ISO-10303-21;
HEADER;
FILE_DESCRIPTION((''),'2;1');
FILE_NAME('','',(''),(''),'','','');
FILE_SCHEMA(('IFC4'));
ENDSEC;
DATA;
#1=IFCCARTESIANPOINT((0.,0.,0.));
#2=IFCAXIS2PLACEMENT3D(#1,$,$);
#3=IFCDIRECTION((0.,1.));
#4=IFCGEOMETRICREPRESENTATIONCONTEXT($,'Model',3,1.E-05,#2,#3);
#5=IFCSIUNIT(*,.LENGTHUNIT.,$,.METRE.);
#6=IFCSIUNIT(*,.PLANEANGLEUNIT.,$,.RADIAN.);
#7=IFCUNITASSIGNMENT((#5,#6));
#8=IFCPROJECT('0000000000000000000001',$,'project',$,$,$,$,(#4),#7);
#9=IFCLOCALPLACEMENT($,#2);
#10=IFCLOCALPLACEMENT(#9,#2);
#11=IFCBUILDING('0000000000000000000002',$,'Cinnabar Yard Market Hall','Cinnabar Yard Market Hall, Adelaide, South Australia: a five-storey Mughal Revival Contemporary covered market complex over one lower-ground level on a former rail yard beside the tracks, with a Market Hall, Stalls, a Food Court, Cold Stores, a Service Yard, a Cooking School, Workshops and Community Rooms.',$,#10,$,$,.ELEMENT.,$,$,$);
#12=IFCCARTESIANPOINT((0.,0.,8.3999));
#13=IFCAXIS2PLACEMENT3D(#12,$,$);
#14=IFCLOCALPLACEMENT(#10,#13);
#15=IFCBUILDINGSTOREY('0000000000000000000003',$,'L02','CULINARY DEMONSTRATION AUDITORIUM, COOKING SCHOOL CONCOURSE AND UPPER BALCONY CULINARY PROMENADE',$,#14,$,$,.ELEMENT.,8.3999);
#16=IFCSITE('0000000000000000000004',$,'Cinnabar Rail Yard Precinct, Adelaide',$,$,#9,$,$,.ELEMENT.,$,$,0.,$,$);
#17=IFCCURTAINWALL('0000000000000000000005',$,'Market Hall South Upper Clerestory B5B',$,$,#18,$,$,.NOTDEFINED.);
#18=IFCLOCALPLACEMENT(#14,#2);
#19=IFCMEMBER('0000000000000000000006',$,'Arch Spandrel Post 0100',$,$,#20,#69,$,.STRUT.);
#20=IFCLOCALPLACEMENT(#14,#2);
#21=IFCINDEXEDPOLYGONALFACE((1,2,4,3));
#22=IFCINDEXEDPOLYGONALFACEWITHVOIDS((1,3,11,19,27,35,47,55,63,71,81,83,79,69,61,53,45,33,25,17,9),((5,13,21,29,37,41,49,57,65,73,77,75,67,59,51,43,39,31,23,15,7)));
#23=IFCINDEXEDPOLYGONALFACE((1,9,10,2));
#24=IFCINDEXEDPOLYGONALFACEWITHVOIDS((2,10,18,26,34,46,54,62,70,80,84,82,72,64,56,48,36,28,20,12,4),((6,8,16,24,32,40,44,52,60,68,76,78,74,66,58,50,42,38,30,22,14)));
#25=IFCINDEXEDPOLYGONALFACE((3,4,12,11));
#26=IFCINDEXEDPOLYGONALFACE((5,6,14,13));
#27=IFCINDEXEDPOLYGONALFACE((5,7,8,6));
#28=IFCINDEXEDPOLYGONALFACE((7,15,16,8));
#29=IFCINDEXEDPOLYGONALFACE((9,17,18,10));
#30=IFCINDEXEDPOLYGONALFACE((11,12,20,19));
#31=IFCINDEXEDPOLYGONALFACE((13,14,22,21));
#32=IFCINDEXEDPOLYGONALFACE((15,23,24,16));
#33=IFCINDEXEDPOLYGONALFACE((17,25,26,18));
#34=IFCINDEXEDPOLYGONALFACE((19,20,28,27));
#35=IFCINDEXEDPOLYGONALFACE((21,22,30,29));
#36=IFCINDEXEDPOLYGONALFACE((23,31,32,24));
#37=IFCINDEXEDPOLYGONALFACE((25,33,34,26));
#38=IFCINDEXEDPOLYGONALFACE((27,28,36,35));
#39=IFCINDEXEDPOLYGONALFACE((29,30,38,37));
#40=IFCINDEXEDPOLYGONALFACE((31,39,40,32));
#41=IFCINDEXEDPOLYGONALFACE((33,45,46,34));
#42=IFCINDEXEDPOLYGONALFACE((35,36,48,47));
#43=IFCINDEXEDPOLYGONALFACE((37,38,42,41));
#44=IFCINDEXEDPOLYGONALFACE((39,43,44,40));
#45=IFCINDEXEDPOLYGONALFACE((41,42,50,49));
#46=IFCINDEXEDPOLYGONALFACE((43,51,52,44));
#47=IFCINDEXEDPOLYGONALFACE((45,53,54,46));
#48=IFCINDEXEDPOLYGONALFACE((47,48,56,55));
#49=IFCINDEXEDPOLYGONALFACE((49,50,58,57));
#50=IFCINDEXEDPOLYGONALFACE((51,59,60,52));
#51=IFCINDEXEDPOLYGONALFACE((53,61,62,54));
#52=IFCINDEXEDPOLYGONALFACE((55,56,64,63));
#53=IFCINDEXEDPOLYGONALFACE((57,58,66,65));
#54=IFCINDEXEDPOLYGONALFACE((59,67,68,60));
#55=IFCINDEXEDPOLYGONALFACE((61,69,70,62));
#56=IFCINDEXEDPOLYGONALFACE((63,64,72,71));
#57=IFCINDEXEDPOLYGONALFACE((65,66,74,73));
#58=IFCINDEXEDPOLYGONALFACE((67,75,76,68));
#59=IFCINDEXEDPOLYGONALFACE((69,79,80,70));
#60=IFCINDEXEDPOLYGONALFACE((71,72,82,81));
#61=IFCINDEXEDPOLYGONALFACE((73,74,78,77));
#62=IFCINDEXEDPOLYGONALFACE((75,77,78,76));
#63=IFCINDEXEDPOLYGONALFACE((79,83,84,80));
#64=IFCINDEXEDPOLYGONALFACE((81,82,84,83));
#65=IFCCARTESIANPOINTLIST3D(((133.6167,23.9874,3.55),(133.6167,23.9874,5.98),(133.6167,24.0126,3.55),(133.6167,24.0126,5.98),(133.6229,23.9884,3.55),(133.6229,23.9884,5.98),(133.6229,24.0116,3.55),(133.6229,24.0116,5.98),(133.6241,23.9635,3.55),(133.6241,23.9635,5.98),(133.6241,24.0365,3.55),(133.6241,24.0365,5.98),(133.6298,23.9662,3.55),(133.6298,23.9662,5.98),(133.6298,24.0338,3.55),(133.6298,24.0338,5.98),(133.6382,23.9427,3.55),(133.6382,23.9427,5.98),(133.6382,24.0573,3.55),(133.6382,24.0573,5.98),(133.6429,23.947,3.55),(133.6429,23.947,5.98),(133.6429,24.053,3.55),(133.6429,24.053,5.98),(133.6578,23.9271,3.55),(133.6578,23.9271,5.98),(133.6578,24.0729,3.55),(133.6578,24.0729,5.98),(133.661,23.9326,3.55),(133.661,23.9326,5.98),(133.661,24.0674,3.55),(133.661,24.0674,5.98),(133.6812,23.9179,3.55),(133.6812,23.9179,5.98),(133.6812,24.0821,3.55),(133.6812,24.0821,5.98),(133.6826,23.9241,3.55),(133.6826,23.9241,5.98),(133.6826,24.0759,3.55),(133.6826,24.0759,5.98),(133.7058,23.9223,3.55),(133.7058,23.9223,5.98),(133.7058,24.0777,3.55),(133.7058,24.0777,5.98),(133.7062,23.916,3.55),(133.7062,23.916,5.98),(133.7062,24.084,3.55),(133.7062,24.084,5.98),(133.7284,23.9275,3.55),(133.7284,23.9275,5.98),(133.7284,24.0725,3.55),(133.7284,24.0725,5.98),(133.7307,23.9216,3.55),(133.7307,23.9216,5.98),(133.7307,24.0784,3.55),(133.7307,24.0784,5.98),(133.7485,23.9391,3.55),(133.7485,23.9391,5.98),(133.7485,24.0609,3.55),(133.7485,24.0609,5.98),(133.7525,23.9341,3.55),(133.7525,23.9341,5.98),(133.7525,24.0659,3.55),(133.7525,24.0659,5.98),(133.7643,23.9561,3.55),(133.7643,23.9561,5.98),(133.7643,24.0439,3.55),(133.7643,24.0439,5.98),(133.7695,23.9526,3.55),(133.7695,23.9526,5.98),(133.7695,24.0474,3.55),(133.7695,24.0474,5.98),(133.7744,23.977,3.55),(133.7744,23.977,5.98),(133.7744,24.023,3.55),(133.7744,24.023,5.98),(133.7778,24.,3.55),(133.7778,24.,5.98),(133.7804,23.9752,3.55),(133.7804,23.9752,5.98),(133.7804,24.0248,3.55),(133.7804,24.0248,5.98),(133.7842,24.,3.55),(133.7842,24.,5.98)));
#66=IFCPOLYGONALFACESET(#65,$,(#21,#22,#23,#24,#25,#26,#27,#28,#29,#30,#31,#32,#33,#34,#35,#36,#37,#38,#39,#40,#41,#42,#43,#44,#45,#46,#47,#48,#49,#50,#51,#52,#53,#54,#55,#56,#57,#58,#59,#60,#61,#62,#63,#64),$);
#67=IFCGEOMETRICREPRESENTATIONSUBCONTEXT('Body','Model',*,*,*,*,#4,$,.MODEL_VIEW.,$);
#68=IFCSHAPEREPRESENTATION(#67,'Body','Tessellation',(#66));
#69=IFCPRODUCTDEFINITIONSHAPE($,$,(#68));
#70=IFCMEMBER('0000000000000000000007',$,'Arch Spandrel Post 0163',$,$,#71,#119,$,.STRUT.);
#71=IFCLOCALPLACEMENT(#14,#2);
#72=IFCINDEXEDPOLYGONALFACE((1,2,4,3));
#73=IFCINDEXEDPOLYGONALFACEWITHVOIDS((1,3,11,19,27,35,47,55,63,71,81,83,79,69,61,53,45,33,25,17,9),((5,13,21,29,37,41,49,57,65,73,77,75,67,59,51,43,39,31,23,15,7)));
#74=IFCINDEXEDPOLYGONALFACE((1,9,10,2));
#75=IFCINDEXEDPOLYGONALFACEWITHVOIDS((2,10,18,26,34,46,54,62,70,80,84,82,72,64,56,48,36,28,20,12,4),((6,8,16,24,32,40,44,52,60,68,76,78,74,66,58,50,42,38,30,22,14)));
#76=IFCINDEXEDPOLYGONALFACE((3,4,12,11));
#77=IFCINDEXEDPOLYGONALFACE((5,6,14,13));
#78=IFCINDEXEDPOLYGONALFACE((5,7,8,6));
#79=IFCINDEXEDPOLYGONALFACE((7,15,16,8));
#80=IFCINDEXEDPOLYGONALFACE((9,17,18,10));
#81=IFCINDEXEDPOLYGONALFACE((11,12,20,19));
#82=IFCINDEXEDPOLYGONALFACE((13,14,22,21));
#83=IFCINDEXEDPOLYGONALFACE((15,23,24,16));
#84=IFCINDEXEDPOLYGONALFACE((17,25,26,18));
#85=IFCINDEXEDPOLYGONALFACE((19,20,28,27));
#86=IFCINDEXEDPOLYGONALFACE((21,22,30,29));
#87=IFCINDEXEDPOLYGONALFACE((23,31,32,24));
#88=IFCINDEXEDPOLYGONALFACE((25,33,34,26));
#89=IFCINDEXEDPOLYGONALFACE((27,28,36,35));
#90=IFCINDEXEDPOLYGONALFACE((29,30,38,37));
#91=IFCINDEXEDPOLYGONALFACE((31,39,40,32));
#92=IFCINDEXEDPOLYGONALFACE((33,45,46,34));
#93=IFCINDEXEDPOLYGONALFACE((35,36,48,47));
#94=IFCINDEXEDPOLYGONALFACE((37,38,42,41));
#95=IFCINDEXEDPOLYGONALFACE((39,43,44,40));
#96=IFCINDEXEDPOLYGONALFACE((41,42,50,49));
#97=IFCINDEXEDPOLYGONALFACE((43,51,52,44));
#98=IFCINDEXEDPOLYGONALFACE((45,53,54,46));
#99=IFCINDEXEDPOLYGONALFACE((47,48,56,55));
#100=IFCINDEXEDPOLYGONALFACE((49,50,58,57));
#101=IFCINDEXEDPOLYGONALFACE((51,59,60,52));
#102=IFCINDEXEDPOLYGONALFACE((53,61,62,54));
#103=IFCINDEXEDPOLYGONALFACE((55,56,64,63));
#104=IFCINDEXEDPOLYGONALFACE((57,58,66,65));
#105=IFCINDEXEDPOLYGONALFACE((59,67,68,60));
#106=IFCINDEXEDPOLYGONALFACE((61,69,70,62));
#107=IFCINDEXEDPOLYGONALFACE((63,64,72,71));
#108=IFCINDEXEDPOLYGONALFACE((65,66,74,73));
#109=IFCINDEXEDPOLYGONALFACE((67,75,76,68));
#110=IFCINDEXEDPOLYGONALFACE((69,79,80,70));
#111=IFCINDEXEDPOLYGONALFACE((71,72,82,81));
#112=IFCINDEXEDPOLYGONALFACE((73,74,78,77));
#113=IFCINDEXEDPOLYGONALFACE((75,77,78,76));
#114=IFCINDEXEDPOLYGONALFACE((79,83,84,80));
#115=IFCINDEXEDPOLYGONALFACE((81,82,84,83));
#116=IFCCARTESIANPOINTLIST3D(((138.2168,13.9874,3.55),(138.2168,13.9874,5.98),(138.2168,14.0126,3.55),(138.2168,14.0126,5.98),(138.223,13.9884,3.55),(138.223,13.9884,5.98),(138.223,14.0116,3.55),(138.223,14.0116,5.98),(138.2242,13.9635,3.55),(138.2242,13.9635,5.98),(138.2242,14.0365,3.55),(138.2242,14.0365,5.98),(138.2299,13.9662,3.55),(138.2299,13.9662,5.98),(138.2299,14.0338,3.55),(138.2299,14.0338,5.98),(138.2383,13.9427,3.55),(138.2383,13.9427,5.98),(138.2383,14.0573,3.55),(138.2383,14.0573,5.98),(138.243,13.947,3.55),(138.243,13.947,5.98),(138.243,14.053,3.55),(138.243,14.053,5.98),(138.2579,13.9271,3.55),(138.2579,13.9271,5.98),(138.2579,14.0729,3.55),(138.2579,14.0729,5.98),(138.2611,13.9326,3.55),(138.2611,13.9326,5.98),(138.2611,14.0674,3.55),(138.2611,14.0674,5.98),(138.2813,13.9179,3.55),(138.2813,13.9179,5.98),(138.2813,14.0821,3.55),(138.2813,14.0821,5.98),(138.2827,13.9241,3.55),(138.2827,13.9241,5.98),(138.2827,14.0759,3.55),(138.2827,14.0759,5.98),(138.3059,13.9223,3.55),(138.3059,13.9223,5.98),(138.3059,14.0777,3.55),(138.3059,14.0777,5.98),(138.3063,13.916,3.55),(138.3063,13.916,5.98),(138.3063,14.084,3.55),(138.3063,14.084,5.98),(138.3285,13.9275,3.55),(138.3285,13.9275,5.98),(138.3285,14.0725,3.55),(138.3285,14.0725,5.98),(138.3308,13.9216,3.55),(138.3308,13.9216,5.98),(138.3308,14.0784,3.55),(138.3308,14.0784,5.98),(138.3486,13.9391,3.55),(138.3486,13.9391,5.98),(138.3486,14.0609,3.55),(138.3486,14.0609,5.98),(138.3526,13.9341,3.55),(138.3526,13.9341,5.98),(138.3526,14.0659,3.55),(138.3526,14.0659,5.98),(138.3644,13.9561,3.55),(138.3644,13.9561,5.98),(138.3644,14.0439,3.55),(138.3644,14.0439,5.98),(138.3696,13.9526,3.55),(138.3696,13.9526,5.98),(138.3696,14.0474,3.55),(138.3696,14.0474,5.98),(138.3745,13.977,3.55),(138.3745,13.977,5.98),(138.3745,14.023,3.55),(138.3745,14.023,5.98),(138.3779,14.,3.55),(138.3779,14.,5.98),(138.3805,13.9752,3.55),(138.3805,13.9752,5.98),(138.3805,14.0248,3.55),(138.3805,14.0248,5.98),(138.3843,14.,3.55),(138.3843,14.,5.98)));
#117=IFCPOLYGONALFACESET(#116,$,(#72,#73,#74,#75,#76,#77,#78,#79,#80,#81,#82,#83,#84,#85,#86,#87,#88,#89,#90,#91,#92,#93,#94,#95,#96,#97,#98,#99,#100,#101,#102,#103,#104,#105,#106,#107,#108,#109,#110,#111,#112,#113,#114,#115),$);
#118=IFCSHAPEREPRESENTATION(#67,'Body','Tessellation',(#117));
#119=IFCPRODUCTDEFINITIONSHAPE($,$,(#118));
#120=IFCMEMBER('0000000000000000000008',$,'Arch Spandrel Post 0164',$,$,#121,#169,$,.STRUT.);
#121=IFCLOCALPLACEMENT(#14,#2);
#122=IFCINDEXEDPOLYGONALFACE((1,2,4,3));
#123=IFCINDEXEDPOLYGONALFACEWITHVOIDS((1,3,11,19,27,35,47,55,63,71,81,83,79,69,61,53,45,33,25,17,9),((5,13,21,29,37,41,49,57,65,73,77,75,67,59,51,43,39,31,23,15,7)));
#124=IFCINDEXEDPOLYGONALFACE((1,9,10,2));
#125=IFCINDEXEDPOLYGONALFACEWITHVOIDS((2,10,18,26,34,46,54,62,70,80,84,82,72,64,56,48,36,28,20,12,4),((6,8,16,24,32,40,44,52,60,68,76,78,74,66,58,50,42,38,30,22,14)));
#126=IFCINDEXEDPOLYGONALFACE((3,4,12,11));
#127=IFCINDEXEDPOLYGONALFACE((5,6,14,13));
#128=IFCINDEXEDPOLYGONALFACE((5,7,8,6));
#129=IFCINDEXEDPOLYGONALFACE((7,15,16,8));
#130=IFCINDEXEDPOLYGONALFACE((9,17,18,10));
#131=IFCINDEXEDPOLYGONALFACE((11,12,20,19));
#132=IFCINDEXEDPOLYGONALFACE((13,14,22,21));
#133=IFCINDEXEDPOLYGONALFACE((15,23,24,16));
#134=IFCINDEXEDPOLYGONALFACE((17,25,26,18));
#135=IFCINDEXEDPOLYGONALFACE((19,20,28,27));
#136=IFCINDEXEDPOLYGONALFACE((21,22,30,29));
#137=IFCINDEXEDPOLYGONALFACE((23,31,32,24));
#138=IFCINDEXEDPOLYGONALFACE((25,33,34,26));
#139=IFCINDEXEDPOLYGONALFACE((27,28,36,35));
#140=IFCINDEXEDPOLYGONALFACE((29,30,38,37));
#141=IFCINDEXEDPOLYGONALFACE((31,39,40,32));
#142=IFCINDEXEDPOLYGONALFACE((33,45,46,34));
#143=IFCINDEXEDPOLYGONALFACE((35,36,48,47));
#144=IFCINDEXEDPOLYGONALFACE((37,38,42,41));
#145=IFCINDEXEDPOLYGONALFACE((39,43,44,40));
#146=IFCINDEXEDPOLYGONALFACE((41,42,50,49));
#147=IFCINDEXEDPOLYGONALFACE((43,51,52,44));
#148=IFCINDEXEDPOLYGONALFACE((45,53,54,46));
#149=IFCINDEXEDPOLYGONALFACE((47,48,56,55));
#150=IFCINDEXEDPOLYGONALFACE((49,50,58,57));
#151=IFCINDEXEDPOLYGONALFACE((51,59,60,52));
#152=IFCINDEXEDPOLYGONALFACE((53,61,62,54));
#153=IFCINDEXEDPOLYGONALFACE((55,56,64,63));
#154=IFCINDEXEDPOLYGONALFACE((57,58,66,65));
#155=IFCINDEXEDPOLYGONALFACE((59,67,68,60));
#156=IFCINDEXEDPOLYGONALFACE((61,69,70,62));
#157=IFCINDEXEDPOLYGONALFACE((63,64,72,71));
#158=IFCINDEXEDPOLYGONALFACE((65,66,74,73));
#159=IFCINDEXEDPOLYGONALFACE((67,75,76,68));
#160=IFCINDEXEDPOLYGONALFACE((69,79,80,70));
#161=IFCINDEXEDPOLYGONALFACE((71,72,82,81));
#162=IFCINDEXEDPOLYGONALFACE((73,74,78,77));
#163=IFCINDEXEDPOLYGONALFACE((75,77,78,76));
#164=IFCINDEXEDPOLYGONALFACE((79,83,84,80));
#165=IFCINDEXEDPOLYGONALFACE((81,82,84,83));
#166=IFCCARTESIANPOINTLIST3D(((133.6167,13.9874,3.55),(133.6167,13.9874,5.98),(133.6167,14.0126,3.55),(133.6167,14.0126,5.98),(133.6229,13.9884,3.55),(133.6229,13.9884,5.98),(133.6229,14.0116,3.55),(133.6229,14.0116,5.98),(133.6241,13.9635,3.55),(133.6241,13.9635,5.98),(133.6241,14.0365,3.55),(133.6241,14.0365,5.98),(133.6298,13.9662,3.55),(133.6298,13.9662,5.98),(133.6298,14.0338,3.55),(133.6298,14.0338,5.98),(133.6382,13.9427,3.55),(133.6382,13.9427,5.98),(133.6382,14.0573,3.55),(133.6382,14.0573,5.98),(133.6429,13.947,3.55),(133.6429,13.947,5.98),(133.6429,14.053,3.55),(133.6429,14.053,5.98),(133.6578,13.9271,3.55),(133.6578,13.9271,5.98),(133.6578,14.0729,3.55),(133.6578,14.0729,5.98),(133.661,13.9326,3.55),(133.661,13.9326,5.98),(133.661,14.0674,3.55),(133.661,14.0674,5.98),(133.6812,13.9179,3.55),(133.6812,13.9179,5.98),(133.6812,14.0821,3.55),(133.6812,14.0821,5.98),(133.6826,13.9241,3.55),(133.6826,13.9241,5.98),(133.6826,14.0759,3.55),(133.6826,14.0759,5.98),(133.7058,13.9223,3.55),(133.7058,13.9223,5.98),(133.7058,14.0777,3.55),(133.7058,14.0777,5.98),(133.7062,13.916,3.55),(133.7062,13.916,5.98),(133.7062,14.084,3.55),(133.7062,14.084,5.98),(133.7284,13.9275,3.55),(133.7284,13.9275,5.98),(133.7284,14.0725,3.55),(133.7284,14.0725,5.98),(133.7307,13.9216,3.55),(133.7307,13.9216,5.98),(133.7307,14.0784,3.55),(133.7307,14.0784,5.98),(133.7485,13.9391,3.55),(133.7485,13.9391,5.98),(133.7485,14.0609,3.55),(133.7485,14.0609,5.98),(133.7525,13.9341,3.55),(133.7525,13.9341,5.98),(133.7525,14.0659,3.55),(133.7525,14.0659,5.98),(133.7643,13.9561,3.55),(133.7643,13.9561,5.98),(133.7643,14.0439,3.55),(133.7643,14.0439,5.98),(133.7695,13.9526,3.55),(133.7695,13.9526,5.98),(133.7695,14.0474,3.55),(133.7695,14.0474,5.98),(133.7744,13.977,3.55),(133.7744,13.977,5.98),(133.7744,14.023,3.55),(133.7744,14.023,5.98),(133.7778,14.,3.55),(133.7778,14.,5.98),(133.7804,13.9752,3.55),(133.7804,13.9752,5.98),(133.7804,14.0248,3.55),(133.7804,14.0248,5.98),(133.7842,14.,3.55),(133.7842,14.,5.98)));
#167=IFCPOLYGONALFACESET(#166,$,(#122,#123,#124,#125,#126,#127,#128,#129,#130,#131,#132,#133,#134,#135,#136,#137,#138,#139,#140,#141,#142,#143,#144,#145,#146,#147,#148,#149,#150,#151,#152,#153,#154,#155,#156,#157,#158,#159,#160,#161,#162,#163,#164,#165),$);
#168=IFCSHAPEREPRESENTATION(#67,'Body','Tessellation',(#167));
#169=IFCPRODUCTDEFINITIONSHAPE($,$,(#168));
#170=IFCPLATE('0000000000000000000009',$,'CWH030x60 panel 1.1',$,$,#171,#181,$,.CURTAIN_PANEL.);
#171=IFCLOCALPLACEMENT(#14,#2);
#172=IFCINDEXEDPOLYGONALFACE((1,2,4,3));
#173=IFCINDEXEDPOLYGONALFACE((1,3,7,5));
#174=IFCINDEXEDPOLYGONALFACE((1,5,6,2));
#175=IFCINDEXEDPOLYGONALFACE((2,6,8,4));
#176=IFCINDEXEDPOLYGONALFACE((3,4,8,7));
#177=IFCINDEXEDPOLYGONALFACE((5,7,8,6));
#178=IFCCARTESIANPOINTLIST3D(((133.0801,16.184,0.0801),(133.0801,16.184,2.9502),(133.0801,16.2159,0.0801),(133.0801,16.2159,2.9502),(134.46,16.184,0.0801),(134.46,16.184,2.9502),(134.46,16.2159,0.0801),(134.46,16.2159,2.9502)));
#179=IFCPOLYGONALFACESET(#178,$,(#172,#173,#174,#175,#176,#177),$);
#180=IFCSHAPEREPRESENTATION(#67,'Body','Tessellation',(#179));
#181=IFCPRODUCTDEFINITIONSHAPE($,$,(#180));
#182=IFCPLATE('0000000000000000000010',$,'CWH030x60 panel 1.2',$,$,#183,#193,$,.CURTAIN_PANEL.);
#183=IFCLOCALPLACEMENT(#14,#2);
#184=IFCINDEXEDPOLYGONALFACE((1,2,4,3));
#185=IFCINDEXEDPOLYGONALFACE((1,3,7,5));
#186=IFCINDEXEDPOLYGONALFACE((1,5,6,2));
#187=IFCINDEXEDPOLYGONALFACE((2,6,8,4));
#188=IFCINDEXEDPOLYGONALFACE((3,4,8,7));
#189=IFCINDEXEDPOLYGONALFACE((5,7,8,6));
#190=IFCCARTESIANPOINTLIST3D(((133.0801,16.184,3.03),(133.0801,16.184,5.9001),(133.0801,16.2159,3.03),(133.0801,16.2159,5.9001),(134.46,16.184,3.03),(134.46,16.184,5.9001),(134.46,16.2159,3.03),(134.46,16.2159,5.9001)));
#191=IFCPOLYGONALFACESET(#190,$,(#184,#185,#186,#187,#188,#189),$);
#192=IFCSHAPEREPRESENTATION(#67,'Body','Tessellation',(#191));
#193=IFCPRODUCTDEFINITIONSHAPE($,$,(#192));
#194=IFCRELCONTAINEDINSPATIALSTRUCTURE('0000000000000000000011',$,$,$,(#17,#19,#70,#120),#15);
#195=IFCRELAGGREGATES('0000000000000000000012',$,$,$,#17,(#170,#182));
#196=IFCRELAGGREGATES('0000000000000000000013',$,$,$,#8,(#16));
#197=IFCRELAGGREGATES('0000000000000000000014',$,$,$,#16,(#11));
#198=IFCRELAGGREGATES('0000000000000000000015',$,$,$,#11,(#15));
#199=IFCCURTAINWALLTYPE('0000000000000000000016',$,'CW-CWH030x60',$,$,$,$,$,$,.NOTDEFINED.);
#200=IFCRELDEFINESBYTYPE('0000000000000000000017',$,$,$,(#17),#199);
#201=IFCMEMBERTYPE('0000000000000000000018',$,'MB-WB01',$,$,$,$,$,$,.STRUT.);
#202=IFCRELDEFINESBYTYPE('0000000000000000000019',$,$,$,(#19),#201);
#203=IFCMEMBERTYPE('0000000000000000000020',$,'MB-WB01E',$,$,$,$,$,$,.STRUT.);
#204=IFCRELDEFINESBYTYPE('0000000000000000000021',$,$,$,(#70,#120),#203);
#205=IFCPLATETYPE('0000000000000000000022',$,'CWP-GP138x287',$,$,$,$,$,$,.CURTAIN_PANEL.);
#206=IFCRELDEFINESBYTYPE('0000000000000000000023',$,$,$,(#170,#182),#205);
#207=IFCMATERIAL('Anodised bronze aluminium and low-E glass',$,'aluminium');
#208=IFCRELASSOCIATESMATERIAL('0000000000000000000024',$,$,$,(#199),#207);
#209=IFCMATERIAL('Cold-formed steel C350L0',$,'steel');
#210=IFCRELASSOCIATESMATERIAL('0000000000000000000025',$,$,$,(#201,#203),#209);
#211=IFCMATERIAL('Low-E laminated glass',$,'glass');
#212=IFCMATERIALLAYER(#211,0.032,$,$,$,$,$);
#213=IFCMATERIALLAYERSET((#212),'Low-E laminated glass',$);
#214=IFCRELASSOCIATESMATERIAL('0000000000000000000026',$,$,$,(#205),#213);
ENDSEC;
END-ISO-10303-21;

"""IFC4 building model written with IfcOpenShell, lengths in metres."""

from ifc_helpers import new_model, si_unit, direction, frame, origin, origin_2d_with_axis, place, context, subcontext, project, spatial, rectangle, hollow_circle, extrude, material, layer, layer_set, material_profile, profile_set, type_object, element, aggregate, save


model = new_model("IFC4")

# Units and contexts
model_context = context("Model", 3, precision=1e-05, world=origin(), true_north=direction((0.0, 1.0)))
body_context = subcontext(model_context, "Body", "Model", "MODEL_VIEW")
ifc_project = project(units=[si_unit("LENGTHUNIT", "METRE"), si_unit("PLANEANGLEUNIT", "RADIAN")], contexts=[model_context])

# Site, building, storey
site_placement = place(None, origin())
site = spatial("IfcSite", under=ifc_project, at=site_placement, Name="Cinnabar Rail Yard Precinct, Adelaide", CompositionType="ELEMENT", RefElevation=0.0)
building_placement = place(site_placement, origin())
building = spatial("IfcBuilding", under=site, at=building_placement, Name="Cinnabar Yard Market Hall", Description="Cinnabar Yard Market Hall, Adelaide, South Australia: a five-storey Mughal Revival Contemporary covered market complex over one lower-ground level on a former rail yard beside the tracks, with a Market Hall, Stalls, a Food Court, Cold Stores, a Service Yard, a Cooking School, Workshops and Community Rooms.", CompositionType="ELEMENT")
storey_placement = place(building_placement, frame((0.0, 0.0, 8.3999)))
storey = spatial("IfcBuildingStorey", under=building, at=storey_placement, Name="L02", Description="CULINARY DEMONSTRATION AUDITORIUM, COOKING SCHOOL CONCOURSE AND UPPER BALCONY CULINARY PROMENADE", CompositionType="ELEMENT", Elevation=8.3999)

# Shared definitions
ifc_material_1 = material(Name="Anodised bronze aluminium and low-E glass", Category="aluminium")

# Curtain wall
curtain_wall_type_1 = type_object("IfcCurtainWallType", Name="CW-CWH030x60", PredefinedType="NOTDEFINED", material=ifc_material_1)
curtain_wall_1_placement = place(storey_placement, origin())
curtain_wall_1 = element("IfcCurtainWall", 1, at=curtain_wall_1_placement, inside=storey, type_object=curtain_wall_type_1, Name="Market Hall South Upper Clerestory B5B", PredefinedType="NOTDEFINED")

# Members
ifc_material_2 = material(Name="Cold-formed steel C350L0", Category="steel")
ifc_material_profile_1 = material_profile(ifc_material_2, hollow_circle(Radius=0.0842, WallThickness=0.0063, at=origin_2d_with_axis()), Name="168.3x6.4CHS")
ifc_profile_set_1 = profile_set([ifc_material_profile_1], Name="Cold-formed steel C350L0")
member_type_1 = type_object("IfcMemberType", Name="MB-WB01", PredefinedType="STRUT", material=ifc_profile_set_1)
member_1_placement = place(storey_placement, frame((133.7, 24.0, 3.55), z_axis=(0.0, 0.0, 1.0), x_axis=(1.0, 0.0, 0.0)))
element("IfcMember", 2, at=member_1_placement, inside=storey, type_object=member_type_1, Name="Arch Spandrel Post 0100", PredefinedType="STRUT", context=body_context, shape_type="SweptSolid", body=[
    extrude(hollow_circle(Radius=0.0842, WallThickness=0.0063, at=origin_2d_with_axis()), origin(), (0.0, 0.0, 1.0), 2.4299),
])
ifc_material_profile_2 = material_profile(ifc_material_2, hollow_circle(Radius=0.0842, WallThickness=0.0063, at=origin_2d_with_axis()), Name="168.3x6.4CHS")
ifc_profile_set_2 = profile_set([ifc_material_profile_2], Name="Cold-formed steel C350L0")
member_type_2 = type_object("IfcMemberType", Name="MB-WB01E", PredefinedType="STRUT", material=ifc_profile_set_2)
for number, where, z_axis, x_axis, name in (
    (3, (138.3, 14.0, 3.55), (0.0, 0.0, 1.0), (1.0, 0.0, 0.0), "Arch Spandrel Post 0163"),
    (4, (133.7, 14.0, 3.55), (0.0, 0.0, 1.0), (1.0, 0.0, 0.0), "Arch Spandrel Post 0164"),
):
    element("IfcMember", number, at=place(storey_placement, frame(where, z_axis=z_axis, x_axis=x_axis)), inside=storey, type_object=member_type_2, Name=name, PredefinedType="STRUT", context=body_context, shape_type="SweptSolid", body=[
        extrude(hollow_circle(Radius=0.0842, WallThickness=0.0063, at=origin_2d_with_axis()), origin(), (0.0, 0.0, 1.0), 2.4299),
    ])

# Plates
ifc_material_3 = material(Name="Low-E laminated glass", Category="glass")
ifc_layer_1 = layer(ifc_material_3, 0.032)
ifc_layer_set_1 = layer_set([ifc_layer_1], Name="Low-E laminated glass")
plate_type_1 = type_object("IfcPlateType", Name="CWP-GP138x287", PredefinedType="CURTAIN_PANEL", material=ifc_layer_set_1)
plate_1_placement = place(storey_placement, frame((133.77, 16.2, 0.0801), z_axis=(0.0, 0.0, 1.0), x_axis=(1.0, 0.0, 0.0)))
plate_1 = element("IfcPlate", 5, at=plate_1_placement, type_object=plate_type_1, Name="CWH030x60 panel 1.1", PredefinedType="CURTAIN_PANEL", context=body_context, shape_type="SweptSolid", body=[
    extrude(rectangle(XDim=1.3799, YDim=0.032, at=origin_2d_with_axis()), origin(), (0.0, 0.0, 1.0), 2.8701),
])
plate_2_placement = place(storey_placement, frame((133.77, 16.2, 3.03), z_axis=(0.0, 0.0, 1.0), x_axis=(1.0, 0.0, 0.0)))
plate_2 = element("IfcPlate", 6, at=plate_2_placement, type_object=plate_type_1, Name="CWH030x60 panel 1.2", PredefinedType="CURTAIN_PANEL", context=body_context, shape_type="SweptSolid", body=[
    extrude(rectangle(XDim=1.3799, YDim=0.032, at=origin_2d_with_axis()), origin(), (0.0, 0.0, 1.0), 2.8701),
])
aggregate(curtain_wall_1, [plate_1, plate_2])

save(model, "model.ifc")
